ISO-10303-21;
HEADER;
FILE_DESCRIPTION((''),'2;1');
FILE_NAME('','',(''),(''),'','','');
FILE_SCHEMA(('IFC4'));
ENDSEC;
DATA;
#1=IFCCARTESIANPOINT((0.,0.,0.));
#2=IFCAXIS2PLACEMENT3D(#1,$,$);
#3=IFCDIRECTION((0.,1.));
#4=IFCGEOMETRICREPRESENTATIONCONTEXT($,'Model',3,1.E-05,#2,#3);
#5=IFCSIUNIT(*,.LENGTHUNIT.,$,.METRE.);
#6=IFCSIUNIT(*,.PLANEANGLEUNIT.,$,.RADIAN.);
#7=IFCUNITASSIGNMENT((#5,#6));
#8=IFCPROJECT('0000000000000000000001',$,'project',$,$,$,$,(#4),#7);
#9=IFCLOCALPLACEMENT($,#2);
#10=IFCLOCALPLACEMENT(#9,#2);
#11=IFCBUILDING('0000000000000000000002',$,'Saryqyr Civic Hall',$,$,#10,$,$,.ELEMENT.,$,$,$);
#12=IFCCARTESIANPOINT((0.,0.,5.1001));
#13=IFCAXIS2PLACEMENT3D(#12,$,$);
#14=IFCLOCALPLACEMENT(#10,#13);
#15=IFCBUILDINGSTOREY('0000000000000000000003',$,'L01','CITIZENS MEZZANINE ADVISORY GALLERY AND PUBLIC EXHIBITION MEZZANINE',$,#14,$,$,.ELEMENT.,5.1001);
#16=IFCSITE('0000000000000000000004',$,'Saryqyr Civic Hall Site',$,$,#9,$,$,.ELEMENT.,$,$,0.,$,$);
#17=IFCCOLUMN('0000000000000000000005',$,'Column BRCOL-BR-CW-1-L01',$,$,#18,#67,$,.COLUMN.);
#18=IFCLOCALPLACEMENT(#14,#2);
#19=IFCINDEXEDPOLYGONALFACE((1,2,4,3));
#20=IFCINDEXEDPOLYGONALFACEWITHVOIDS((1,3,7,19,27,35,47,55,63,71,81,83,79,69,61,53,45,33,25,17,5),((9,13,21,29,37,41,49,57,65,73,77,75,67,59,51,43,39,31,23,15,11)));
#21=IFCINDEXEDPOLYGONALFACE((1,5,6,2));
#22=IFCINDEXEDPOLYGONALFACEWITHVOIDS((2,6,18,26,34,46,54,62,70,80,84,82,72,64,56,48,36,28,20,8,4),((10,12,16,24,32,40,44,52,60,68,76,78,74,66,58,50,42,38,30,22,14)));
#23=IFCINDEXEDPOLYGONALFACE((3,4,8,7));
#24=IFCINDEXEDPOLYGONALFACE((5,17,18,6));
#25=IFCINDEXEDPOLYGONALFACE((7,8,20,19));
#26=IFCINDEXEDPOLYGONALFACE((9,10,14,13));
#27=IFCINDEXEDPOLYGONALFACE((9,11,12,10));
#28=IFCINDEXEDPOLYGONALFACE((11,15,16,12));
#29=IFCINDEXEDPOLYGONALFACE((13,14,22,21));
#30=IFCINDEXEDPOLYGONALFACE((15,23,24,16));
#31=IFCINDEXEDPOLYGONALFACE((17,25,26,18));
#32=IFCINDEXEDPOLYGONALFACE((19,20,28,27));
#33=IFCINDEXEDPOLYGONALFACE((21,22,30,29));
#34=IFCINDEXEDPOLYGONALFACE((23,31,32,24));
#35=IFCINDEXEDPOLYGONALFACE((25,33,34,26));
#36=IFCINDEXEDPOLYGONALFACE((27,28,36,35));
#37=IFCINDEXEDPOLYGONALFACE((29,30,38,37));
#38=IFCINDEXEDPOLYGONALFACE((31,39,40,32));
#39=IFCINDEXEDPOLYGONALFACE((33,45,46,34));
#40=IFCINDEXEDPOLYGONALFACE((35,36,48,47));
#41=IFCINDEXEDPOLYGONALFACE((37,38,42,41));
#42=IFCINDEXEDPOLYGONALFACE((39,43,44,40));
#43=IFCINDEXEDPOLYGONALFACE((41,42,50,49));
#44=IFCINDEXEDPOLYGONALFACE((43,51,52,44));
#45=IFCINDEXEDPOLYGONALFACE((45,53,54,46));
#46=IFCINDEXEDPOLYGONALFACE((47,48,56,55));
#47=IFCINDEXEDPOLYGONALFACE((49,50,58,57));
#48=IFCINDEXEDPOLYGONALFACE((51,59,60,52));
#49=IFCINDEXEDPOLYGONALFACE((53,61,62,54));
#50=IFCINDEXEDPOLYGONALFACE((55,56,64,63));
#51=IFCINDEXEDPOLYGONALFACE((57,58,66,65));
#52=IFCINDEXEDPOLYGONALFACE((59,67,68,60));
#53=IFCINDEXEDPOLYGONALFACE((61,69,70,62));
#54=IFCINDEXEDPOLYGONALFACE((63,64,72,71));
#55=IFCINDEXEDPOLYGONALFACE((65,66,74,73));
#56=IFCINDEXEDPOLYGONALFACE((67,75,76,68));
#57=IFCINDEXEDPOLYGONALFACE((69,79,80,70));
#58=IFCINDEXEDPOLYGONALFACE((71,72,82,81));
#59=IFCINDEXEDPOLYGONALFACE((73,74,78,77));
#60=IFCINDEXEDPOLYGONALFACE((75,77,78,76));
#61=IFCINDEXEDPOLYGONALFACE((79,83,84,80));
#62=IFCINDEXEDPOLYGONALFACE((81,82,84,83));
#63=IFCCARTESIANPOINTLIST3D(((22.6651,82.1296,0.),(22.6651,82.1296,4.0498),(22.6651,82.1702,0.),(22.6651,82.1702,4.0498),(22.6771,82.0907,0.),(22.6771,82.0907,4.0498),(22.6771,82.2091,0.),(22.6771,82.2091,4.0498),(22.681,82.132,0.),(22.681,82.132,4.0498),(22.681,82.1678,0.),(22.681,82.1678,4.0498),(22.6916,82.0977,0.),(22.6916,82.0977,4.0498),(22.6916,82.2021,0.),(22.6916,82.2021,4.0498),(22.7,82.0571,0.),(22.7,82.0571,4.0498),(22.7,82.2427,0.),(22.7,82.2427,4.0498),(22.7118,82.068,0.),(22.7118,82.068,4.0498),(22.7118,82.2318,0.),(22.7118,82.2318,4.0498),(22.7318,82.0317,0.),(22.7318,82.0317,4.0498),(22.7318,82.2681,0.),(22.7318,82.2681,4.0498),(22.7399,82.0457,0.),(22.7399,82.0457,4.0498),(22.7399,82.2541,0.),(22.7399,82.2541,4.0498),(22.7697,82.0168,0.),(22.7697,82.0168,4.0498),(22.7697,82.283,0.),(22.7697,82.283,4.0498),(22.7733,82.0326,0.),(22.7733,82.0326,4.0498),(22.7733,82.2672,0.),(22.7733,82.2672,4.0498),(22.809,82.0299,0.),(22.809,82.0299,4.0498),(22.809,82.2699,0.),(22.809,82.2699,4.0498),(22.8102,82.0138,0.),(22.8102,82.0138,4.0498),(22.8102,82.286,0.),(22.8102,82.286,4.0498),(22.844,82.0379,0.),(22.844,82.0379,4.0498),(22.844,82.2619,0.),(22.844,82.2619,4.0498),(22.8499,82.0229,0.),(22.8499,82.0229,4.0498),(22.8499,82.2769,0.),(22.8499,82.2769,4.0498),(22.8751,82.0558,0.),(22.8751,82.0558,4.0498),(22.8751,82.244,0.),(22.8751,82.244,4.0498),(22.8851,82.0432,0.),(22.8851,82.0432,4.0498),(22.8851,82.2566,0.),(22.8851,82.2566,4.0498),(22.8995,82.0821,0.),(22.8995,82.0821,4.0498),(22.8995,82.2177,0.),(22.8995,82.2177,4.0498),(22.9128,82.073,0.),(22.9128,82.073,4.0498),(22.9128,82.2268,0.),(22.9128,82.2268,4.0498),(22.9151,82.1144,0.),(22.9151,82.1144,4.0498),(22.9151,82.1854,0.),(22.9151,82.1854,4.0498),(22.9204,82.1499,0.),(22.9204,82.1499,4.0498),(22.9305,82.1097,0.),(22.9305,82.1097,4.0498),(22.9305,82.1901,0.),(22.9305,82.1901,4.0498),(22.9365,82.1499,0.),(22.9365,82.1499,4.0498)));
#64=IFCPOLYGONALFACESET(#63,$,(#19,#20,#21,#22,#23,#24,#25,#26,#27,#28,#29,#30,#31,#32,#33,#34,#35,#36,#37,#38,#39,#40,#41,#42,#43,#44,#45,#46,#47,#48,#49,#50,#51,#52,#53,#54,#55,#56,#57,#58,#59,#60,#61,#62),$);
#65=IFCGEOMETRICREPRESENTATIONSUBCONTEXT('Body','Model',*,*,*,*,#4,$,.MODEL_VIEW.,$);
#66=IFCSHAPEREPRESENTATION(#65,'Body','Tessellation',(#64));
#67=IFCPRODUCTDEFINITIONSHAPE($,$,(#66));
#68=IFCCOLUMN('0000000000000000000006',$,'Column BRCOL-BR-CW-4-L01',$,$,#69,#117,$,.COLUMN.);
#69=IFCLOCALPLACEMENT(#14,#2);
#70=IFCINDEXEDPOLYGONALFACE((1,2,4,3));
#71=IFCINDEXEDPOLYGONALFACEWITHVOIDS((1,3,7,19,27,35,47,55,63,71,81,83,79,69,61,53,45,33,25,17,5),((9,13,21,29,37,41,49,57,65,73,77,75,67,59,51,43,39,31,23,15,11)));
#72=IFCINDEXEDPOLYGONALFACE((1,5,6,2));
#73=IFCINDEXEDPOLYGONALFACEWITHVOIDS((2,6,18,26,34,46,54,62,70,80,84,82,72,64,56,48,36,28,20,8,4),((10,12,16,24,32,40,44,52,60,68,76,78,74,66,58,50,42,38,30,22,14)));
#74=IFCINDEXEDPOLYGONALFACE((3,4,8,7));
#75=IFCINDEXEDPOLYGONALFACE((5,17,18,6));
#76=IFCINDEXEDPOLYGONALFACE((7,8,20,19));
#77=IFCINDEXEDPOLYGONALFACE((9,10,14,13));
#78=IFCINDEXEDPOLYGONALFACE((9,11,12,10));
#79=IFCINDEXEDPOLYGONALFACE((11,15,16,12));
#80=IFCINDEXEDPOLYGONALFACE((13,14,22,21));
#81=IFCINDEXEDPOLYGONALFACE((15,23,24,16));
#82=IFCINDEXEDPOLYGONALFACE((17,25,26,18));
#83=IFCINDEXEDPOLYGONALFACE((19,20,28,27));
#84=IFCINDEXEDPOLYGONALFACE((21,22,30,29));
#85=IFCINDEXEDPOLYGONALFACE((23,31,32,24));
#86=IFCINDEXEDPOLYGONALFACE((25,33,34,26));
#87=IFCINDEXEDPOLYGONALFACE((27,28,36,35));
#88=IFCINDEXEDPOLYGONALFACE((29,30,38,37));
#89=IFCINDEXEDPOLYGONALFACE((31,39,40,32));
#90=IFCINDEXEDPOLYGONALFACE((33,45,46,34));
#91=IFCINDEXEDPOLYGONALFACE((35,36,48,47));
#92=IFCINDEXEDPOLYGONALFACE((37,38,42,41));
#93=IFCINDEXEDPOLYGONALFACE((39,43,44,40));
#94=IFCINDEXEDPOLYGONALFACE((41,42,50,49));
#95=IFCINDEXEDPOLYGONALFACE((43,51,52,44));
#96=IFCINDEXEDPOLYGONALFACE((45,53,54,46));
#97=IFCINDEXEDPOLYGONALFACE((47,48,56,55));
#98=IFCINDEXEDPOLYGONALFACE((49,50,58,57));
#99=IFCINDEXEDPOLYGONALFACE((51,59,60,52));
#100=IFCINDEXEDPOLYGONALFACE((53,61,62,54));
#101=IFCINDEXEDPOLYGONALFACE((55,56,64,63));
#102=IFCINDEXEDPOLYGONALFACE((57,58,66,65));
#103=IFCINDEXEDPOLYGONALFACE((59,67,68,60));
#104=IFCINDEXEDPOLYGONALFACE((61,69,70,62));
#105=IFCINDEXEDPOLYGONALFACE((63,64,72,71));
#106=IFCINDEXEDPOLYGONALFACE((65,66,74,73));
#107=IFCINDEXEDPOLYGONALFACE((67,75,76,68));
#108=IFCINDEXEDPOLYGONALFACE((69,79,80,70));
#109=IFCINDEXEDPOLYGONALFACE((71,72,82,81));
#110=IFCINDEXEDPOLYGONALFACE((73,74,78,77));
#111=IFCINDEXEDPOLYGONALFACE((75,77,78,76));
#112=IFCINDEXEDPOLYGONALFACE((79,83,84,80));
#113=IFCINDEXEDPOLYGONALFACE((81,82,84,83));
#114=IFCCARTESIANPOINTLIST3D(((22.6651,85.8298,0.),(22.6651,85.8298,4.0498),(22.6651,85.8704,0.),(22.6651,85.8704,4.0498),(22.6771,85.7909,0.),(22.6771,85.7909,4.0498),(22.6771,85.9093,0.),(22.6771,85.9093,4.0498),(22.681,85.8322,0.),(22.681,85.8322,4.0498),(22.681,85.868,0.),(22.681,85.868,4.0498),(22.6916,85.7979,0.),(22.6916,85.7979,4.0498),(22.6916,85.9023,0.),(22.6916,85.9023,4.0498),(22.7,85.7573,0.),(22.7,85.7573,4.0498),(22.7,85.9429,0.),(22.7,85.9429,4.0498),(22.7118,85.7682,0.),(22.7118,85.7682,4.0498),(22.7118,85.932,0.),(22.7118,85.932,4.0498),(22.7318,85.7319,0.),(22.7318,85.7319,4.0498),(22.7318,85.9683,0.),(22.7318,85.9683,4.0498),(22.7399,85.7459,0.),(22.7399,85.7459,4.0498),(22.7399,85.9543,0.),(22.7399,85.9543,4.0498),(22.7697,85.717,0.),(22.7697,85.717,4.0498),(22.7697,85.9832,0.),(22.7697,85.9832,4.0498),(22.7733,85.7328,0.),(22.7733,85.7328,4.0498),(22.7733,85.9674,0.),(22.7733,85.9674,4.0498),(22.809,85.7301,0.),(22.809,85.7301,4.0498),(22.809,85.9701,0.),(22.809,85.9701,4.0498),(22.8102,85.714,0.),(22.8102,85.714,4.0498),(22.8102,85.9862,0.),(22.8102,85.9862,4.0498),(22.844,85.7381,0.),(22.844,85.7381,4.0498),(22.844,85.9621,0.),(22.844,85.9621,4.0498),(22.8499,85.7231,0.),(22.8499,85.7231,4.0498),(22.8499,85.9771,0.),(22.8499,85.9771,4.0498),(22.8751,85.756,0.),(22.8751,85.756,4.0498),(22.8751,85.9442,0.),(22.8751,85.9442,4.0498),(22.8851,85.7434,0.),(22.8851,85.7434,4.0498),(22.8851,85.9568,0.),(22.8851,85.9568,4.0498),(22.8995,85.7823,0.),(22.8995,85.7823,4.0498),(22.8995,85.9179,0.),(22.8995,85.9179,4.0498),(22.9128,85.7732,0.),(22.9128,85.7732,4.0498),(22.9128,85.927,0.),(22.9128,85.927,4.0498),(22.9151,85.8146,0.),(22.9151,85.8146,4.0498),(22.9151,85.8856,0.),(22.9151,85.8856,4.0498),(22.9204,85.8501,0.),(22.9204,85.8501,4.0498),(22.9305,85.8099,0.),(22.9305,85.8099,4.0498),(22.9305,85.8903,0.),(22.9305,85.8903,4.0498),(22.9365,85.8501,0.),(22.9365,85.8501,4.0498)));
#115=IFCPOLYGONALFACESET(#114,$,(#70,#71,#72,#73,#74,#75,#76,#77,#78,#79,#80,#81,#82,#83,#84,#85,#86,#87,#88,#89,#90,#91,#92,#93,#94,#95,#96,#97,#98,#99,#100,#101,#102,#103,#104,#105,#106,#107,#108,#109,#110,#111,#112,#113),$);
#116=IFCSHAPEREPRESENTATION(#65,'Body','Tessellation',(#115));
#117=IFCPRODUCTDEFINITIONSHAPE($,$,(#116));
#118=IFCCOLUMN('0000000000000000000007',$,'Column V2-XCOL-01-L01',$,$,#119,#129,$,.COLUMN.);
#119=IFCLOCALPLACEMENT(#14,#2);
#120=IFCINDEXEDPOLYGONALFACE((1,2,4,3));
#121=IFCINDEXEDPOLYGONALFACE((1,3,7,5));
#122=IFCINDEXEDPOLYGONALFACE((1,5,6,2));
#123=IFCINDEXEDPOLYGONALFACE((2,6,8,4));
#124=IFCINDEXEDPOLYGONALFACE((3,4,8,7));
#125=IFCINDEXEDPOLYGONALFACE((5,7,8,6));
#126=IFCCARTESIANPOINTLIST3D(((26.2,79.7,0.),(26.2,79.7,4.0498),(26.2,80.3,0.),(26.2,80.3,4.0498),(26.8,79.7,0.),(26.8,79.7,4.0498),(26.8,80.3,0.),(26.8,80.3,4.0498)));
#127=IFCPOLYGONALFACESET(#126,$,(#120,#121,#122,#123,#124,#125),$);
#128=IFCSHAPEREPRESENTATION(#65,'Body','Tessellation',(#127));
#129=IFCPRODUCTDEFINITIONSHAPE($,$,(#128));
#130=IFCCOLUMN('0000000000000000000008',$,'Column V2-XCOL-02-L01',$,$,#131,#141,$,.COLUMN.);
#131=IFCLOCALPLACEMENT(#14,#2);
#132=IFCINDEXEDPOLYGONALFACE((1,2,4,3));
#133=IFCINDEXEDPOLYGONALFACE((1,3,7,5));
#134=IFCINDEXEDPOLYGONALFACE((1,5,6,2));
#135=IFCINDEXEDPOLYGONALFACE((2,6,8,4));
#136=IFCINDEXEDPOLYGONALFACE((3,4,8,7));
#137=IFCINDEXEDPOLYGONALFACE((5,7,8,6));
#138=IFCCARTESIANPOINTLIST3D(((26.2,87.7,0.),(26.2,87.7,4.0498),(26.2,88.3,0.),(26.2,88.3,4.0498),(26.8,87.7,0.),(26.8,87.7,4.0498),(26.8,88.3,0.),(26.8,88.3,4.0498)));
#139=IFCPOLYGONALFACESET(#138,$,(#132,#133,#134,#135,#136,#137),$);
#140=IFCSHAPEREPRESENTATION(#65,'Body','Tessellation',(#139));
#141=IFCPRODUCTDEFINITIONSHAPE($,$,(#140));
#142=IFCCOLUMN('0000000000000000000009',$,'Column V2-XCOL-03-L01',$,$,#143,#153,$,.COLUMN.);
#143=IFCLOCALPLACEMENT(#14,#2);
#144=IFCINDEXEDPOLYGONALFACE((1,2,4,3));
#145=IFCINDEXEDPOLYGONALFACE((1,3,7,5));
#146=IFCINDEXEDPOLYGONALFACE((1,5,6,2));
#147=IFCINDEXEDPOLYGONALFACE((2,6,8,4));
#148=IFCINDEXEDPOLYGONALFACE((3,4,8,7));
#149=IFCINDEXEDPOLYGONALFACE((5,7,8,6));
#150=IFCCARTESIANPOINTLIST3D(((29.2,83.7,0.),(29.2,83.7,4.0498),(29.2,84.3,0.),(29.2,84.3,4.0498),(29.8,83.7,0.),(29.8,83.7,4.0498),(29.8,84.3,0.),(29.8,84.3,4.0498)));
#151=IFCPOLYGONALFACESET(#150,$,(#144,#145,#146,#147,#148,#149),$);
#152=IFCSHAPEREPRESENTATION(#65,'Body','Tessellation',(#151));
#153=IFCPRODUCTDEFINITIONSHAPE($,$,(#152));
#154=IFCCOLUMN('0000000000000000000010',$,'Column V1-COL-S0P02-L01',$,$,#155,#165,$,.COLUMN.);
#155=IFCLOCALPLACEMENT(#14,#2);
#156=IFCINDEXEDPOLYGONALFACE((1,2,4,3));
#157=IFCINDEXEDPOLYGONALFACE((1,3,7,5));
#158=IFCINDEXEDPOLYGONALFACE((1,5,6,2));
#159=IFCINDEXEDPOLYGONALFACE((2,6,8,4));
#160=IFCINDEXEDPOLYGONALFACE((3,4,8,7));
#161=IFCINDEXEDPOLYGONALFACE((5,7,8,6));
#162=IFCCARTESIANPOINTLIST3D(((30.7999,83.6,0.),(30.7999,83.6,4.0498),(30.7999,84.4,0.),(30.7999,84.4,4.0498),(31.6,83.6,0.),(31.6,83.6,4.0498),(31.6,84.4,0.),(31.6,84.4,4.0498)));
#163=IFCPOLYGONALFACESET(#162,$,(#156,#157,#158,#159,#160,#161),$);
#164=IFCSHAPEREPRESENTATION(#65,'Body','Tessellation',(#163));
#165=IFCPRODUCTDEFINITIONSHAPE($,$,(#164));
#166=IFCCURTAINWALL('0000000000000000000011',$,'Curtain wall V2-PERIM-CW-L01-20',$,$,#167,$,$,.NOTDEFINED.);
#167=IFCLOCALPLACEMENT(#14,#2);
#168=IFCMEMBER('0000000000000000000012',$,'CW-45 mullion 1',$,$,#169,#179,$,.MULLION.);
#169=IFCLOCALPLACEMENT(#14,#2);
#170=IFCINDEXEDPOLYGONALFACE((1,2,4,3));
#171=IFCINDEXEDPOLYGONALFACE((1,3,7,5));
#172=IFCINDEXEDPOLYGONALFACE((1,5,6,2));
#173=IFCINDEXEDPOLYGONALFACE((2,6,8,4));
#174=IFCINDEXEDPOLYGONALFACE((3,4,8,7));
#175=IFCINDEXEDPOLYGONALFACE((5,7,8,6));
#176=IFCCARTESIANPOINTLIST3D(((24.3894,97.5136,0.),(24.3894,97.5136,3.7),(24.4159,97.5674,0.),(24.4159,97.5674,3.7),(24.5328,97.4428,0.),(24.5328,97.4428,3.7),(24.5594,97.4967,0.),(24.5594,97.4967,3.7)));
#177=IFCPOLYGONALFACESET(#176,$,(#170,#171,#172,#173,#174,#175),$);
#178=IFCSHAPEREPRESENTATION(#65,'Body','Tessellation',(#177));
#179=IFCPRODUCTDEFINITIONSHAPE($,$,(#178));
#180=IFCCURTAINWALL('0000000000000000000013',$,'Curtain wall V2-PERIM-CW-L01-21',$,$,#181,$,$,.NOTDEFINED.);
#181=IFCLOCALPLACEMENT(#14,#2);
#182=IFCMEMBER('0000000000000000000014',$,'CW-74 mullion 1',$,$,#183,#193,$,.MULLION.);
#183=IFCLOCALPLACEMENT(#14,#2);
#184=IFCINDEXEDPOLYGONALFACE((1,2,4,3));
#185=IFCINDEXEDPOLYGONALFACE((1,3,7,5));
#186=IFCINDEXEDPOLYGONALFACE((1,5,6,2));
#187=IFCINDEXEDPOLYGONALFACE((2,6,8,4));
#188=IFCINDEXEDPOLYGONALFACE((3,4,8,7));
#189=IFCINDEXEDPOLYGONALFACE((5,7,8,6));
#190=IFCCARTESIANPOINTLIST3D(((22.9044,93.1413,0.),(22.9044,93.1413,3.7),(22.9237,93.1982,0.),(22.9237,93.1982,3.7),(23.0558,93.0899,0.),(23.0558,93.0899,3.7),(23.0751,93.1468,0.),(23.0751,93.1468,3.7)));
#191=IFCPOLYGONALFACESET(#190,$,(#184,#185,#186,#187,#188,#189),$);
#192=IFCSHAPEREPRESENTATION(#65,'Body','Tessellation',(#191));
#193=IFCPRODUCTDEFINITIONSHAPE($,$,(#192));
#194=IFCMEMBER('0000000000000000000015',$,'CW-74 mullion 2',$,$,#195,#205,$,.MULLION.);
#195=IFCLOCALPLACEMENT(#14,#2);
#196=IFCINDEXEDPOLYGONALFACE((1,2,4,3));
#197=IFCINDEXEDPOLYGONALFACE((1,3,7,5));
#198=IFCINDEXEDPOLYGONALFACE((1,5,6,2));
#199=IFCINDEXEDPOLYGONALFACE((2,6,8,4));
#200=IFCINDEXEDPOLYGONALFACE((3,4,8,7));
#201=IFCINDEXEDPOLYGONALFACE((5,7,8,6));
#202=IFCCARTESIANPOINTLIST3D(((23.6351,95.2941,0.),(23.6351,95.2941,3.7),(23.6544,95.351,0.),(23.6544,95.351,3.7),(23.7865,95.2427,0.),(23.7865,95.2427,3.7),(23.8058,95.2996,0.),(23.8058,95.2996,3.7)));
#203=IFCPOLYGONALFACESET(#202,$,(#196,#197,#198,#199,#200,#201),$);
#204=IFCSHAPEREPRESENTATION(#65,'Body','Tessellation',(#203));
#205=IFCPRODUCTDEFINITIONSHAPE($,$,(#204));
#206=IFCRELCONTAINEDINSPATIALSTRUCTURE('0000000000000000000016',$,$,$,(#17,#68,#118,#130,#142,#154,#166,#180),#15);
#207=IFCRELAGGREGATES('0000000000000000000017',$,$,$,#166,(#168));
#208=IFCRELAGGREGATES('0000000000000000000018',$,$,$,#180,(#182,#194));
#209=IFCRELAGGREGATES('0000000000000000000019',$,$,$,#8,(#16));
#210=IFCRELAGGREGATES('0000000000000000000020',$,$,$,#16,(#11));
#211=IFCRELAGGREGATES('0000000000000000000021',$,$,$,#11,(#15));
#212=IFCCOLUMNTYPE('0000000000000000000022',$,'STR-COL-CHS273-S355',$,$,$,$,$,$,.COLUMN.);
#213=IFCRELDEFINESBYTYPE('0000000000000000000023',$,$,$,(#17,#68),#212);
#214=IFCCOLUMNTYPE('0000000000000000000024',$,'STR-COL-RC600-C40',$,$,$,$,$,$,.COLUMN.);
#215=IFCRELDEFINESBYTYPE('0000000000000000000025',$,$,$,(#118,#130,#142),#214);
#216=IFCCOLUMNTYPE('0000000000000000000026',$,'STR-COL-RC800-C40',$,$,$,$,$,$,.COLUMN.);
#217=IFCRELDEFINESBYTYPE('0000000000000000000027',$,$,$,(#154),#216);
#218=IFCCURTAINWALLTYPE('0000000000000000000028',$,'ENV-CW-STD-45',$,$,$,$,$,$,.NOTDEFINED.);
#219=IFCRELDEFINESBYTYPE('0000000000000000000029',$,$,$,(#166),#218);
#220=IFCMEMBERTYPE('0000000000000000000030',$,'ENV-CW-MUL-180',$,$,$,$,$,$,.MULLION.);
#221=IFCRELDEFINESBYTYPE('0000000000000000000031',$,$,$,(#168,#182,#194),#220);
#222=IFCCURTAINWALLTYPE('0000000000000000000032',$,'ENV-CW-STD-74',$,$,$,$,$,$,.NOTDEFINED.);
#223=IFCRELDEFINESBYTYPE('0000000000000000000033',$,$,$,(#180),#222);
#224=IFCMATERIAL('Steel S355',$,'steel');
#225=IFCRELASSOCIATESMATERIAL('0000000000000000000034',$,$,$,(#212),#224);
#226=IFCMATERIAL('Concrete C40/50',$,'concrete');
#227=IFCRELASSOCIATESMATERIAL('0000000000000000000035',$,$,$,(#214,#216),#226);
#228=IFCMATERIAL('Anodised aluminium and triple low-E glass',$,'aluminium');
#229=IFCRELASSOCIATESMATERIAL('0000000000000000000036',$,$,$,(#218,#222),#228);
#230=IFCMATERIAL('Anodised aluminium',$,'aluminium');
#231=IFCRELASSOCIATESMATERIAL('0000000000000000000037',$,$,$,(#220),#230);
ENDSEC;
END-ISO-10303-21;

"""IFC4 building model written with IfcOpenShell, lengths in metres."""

from ifc_helpers import new_model, si_unit, direction, frame, origin, origin_2d, place, context, subcontext, project, spatial, rectangle, hollow_circle, extrude, material, material_profile, profile_set, type_object, element, aggregate, save


model = new_model("IFC4")

# Units and contexts
model_context = context("Model", 3, precision=1e-05, world=origin(), true_north=direction((0.0, 1.0)))
body_context = subcontext(model_context, "Body", "Model", "MODEL_VIEW")
ifc_project = project(units=[si_unit("LENGTHUNIT", "METRE"), si_unit("PLANEANGLEUNIT", "RADIAN")], contexts=[model_context])

# Site, building, storey
site_placement = place(None, origin())
site = spatial("IfcSite", under=ifc_project, at=site_placement, Name="Saryqyr Civic Hall Site", CompositionType="ELEMENT", RefElevation=0.0)
building_placement = place(site_placement, origin())
building = spatial("IfcBuilding", under=site, at=building_placement, Name="Saryqyr Civic Hall", CompositionType="ELEMENT")
storey_placement = place(building_placement, frame((0.0, 0.0, 5.1001)))
storey = spatial("IfcBuildingStorey", under=building, at=storey_placement, Name="L01", Description="CITIZENS MEZZANINE ADVISORY GALLERY AND PUBLIC EXHIBITION MEZZANINE", CompositionType="ELEMENT", Elevation=5.1001)

# Columns
ifc_material_1 = material(Name="Steel S355", Category="steel")
ifc_material_profile_1 = material_profile(ifc_material_1, hollow_circle(Radius=0.1365, WallThickness=0.0161, at=origin_2d()), Name="CHS 273x16")
ifc_profile_set_1 = profile_set([ifc_material_profile_1], Name="Steel S355")
column_type_1 = type_object("IfcColumnType", Name="STR-COL-CHS273-S355", PredefinedType="COLUMN", material=ifc_profile_set_1)
for number, where, z_axis, x_axis, name in (
    (1, (22.8, 82.1499, 0.0), (0.0, 0.0, 1.0), (1.0, 0.0, 0.0), "Column BRCOL-BR-CW-1-L01"),
    (2, (22.8, 85.8501, 0.0), (0.0, 0.0, 1.0), (1.0, 0.0, 0.0), "Column BRCOL-BR-CW-4-L01"),
):
    element("IfcColumn", number, at=place(storey_placement, frame(where, z_axis=z_axis, x_axis=x_axis)), inside=storey, type_object=column_type_1, Name=name, PredefinedType="COLUMN", context=body_context, shape_type="SweptSolid", body=[
        extrude(hollow_circle(Radius=0.1365, WallThickness=0.0161, at=origin_2d()), origin(), (0.0, 0.0, 1.0), 4.0498),
    ])
ifc_material_2 = material(Name="Concrete C40/50", Category="concrete")
ifc_material_profile_2 = material_profile(ifc_material_2, rectangle(XDim=0.6001, YDim=0.6001, at=origin_2d()), Name="RC 600x600")
ifc_profile_set_2 = profile_set([ifc_material_profile_2], Name="Concrete C40/50")
column_type_2 = type_object("IfcColumnType", Name="STR-COL-RC600-C40", PredefinedType="COLUMN", material=ifc_profile_set_2)
for number, where, z_axis, x_axis, name in (
    (3, (26.5, 80.0, 0.0), (0.0, 0.0, 1.0), (1.0, 0.0, 0.0), "Column V2-XCOL-01-L01"),
    (4, (26.5, 88.0, 0.0), (0.0, 0.0, 1.0), (1.0, 0.0, 0.0), "Column V2-XCOL-02-L01"),
    (5, (29.5, 84.0, 0.0), (0.0, 0.0, 1.0), (1.0, 0.0, 0.0), "Column V2-XCOL-03-L01"),
):
    element("IfcColumn", number, at=place(storey_placement, frame(where, z_axis=z_axis, x_axis=x_axis)), inside=storey, type_object=column_type_2, Name=name, PredefinedType="COLUMN", context=body_context, shape_type="SweptSolid", body=[
        extrude(rectangle(XDim=0.6001, YDim=0.6001, at=origin_2d()), origin(), (0.0, 0.0, 1.0), 4.0498),
    ])
ifc_material_profile_3 = material_profile(ifc_material_2, rectangle(XDim=0.8, YDim=0.8, at=origin_2d()), Name="RC 800x800")
ifc_profile_set_3 = profile_set([ifc_material_profile_3], Name="Concrete C40/50")
column_type_3 = type_object("IfcColumnType", Name="STR-COL-RC800-C40", PredefinedType="COLUMN", material=ifc_profile_set_3)
column_placement = place(storey_placement, frame((31.2, 84.0, 0.0), z_axis=(0.0, 0.0, 1.0), x_axis=(1.0, 0.0, 0.0)))
element("IfcColumn", 6, at=column_placement, inside=storey, type_object=column_type_3, Name="Column V1-COL-S0P02-L01", PredefinedType="COLUMN", context=body_context, shape_type="SweptSolid", body=[
    extrude(rectangle(XDim=0.8, YDim=0.8, at=origin_2d()), origin(), (0.0, 0.0, 1.0), 4.0498),
])

# Curtain wall, member
ifc_material_3 = material(Name="Anodised aluminium and triple low-E glass", Category="aluminium")
curtain_wall_type_1 = type_object("IfcCurtainWallType", Name="ENV-CW-STD-45", PredefinedType="NOTDEFINED", material=ifc_material_3)
curtain_wall_1_placement = place(storey_placement, origin())
curtain_wall_1 = element("IfcCurtainWall", 7, at=curtain_wall_1_placement, inside=storey, type_object=curtain_wall_type_1, Name="Curtain wall V2-PERIM-CW-L01-20", PredefinedType="NOTDEFINED")
ifc_material_4 = material(Name="Anodised aluminium", Category="aluminium")
ifc_material_profile_4 = material_profile(ifc_material_4, rectangle(XDim=0.0601, YDim=0.1599, at=origin_2d()), Name="ALU MULLION 60x160")
ifc_profile_set_4 = profile_set([ifc_material_profile_4], Name="Anodised aluminium")
member_type_1 = type_object("IfcMemberType", Name="ENV-CW-MUL-180", PredefinedType="MULLION", material=ifc_profile_set_4)
member_1_placement = place(storey_placement, frame((24.4744, 97.5051, 0.0), z_axis=(0.0, 0.0, 1.0), x_axis=(0.442286, 0.896874, 0.0)))
member_1 = element("IfcMember", 8, at=member_1_placement, type_object=member_type_1, Name="CW-45 mullion 1", PredefinedType="MULLION", context=body_context, shape_type="SweptSolid", body=[
    extrude(rectangle(XDim=0.0601, YDim=0.1599, at=origin_2d()), origin(), (0.0, 0.0, 1.0), 3.7),
])

# Curtain wall, members
curtain_wall_type_2 = type_object("IfcCurtainWallType", Name="ENV-CW-STD-74", PredefinedType="NOTDEFINED", material=ifc_material_3)
curtain_wall_2_placement = place(storey_placement, origin())
curtain_wall_2 = element("IfcCurtainWall", 9, at=curtain_wall_2_placement, inside=storey, type_object=curtain_wall_type_2, Name="Curtain wall V2-PERIM-CW-L01-21", PredefinedType="NOTDEFINED")
member_2_placement = place(storey_placement, frame((22.9897, 93.144, 0.0), z_axis=(0.0, 0.0, 1.0), x_axis=(0.321445, 0.946928, 0.0)))
member_2 = element("IfcMember", 10, at=member_2_placement, type_object=member_type_1, Name="CW-74 mullion 1", PredefinedType="MULLION", context=body_context, shape_type="SweptSolid", body=[
    extrude(rectangle(XDim=0.0601, YDim=0.1599, at=origin_2d()), origin(), (0.0, 0.0, 1.0), 3.7),
])
member_3_placement = place(storey_placement, frame((23.7205, 95.2969, 0.0), z_axis=(0.0, 0.0, 1.0), x_axis=(0.321445, 0.946928, 0.0)))
member_3 = element("IfcMember", 11, at=member_3_placement, type_object=member_type_1, Name="CW-74 mullion 2", PredefinedType="MULLION", context=body_context, shape_type="SweptSolid", body=[
    extrude(rectangle(XDim=0.0601, YDim=0.1599, at=origin_2d()), origin(), (0.0, 0.0, 1.0), 3.7),
])

aggregate(curtain_wall_1, [member_1])

aggregate(curtain_wall_2, [member_2, member_3])

save(model, "model.ifc")
